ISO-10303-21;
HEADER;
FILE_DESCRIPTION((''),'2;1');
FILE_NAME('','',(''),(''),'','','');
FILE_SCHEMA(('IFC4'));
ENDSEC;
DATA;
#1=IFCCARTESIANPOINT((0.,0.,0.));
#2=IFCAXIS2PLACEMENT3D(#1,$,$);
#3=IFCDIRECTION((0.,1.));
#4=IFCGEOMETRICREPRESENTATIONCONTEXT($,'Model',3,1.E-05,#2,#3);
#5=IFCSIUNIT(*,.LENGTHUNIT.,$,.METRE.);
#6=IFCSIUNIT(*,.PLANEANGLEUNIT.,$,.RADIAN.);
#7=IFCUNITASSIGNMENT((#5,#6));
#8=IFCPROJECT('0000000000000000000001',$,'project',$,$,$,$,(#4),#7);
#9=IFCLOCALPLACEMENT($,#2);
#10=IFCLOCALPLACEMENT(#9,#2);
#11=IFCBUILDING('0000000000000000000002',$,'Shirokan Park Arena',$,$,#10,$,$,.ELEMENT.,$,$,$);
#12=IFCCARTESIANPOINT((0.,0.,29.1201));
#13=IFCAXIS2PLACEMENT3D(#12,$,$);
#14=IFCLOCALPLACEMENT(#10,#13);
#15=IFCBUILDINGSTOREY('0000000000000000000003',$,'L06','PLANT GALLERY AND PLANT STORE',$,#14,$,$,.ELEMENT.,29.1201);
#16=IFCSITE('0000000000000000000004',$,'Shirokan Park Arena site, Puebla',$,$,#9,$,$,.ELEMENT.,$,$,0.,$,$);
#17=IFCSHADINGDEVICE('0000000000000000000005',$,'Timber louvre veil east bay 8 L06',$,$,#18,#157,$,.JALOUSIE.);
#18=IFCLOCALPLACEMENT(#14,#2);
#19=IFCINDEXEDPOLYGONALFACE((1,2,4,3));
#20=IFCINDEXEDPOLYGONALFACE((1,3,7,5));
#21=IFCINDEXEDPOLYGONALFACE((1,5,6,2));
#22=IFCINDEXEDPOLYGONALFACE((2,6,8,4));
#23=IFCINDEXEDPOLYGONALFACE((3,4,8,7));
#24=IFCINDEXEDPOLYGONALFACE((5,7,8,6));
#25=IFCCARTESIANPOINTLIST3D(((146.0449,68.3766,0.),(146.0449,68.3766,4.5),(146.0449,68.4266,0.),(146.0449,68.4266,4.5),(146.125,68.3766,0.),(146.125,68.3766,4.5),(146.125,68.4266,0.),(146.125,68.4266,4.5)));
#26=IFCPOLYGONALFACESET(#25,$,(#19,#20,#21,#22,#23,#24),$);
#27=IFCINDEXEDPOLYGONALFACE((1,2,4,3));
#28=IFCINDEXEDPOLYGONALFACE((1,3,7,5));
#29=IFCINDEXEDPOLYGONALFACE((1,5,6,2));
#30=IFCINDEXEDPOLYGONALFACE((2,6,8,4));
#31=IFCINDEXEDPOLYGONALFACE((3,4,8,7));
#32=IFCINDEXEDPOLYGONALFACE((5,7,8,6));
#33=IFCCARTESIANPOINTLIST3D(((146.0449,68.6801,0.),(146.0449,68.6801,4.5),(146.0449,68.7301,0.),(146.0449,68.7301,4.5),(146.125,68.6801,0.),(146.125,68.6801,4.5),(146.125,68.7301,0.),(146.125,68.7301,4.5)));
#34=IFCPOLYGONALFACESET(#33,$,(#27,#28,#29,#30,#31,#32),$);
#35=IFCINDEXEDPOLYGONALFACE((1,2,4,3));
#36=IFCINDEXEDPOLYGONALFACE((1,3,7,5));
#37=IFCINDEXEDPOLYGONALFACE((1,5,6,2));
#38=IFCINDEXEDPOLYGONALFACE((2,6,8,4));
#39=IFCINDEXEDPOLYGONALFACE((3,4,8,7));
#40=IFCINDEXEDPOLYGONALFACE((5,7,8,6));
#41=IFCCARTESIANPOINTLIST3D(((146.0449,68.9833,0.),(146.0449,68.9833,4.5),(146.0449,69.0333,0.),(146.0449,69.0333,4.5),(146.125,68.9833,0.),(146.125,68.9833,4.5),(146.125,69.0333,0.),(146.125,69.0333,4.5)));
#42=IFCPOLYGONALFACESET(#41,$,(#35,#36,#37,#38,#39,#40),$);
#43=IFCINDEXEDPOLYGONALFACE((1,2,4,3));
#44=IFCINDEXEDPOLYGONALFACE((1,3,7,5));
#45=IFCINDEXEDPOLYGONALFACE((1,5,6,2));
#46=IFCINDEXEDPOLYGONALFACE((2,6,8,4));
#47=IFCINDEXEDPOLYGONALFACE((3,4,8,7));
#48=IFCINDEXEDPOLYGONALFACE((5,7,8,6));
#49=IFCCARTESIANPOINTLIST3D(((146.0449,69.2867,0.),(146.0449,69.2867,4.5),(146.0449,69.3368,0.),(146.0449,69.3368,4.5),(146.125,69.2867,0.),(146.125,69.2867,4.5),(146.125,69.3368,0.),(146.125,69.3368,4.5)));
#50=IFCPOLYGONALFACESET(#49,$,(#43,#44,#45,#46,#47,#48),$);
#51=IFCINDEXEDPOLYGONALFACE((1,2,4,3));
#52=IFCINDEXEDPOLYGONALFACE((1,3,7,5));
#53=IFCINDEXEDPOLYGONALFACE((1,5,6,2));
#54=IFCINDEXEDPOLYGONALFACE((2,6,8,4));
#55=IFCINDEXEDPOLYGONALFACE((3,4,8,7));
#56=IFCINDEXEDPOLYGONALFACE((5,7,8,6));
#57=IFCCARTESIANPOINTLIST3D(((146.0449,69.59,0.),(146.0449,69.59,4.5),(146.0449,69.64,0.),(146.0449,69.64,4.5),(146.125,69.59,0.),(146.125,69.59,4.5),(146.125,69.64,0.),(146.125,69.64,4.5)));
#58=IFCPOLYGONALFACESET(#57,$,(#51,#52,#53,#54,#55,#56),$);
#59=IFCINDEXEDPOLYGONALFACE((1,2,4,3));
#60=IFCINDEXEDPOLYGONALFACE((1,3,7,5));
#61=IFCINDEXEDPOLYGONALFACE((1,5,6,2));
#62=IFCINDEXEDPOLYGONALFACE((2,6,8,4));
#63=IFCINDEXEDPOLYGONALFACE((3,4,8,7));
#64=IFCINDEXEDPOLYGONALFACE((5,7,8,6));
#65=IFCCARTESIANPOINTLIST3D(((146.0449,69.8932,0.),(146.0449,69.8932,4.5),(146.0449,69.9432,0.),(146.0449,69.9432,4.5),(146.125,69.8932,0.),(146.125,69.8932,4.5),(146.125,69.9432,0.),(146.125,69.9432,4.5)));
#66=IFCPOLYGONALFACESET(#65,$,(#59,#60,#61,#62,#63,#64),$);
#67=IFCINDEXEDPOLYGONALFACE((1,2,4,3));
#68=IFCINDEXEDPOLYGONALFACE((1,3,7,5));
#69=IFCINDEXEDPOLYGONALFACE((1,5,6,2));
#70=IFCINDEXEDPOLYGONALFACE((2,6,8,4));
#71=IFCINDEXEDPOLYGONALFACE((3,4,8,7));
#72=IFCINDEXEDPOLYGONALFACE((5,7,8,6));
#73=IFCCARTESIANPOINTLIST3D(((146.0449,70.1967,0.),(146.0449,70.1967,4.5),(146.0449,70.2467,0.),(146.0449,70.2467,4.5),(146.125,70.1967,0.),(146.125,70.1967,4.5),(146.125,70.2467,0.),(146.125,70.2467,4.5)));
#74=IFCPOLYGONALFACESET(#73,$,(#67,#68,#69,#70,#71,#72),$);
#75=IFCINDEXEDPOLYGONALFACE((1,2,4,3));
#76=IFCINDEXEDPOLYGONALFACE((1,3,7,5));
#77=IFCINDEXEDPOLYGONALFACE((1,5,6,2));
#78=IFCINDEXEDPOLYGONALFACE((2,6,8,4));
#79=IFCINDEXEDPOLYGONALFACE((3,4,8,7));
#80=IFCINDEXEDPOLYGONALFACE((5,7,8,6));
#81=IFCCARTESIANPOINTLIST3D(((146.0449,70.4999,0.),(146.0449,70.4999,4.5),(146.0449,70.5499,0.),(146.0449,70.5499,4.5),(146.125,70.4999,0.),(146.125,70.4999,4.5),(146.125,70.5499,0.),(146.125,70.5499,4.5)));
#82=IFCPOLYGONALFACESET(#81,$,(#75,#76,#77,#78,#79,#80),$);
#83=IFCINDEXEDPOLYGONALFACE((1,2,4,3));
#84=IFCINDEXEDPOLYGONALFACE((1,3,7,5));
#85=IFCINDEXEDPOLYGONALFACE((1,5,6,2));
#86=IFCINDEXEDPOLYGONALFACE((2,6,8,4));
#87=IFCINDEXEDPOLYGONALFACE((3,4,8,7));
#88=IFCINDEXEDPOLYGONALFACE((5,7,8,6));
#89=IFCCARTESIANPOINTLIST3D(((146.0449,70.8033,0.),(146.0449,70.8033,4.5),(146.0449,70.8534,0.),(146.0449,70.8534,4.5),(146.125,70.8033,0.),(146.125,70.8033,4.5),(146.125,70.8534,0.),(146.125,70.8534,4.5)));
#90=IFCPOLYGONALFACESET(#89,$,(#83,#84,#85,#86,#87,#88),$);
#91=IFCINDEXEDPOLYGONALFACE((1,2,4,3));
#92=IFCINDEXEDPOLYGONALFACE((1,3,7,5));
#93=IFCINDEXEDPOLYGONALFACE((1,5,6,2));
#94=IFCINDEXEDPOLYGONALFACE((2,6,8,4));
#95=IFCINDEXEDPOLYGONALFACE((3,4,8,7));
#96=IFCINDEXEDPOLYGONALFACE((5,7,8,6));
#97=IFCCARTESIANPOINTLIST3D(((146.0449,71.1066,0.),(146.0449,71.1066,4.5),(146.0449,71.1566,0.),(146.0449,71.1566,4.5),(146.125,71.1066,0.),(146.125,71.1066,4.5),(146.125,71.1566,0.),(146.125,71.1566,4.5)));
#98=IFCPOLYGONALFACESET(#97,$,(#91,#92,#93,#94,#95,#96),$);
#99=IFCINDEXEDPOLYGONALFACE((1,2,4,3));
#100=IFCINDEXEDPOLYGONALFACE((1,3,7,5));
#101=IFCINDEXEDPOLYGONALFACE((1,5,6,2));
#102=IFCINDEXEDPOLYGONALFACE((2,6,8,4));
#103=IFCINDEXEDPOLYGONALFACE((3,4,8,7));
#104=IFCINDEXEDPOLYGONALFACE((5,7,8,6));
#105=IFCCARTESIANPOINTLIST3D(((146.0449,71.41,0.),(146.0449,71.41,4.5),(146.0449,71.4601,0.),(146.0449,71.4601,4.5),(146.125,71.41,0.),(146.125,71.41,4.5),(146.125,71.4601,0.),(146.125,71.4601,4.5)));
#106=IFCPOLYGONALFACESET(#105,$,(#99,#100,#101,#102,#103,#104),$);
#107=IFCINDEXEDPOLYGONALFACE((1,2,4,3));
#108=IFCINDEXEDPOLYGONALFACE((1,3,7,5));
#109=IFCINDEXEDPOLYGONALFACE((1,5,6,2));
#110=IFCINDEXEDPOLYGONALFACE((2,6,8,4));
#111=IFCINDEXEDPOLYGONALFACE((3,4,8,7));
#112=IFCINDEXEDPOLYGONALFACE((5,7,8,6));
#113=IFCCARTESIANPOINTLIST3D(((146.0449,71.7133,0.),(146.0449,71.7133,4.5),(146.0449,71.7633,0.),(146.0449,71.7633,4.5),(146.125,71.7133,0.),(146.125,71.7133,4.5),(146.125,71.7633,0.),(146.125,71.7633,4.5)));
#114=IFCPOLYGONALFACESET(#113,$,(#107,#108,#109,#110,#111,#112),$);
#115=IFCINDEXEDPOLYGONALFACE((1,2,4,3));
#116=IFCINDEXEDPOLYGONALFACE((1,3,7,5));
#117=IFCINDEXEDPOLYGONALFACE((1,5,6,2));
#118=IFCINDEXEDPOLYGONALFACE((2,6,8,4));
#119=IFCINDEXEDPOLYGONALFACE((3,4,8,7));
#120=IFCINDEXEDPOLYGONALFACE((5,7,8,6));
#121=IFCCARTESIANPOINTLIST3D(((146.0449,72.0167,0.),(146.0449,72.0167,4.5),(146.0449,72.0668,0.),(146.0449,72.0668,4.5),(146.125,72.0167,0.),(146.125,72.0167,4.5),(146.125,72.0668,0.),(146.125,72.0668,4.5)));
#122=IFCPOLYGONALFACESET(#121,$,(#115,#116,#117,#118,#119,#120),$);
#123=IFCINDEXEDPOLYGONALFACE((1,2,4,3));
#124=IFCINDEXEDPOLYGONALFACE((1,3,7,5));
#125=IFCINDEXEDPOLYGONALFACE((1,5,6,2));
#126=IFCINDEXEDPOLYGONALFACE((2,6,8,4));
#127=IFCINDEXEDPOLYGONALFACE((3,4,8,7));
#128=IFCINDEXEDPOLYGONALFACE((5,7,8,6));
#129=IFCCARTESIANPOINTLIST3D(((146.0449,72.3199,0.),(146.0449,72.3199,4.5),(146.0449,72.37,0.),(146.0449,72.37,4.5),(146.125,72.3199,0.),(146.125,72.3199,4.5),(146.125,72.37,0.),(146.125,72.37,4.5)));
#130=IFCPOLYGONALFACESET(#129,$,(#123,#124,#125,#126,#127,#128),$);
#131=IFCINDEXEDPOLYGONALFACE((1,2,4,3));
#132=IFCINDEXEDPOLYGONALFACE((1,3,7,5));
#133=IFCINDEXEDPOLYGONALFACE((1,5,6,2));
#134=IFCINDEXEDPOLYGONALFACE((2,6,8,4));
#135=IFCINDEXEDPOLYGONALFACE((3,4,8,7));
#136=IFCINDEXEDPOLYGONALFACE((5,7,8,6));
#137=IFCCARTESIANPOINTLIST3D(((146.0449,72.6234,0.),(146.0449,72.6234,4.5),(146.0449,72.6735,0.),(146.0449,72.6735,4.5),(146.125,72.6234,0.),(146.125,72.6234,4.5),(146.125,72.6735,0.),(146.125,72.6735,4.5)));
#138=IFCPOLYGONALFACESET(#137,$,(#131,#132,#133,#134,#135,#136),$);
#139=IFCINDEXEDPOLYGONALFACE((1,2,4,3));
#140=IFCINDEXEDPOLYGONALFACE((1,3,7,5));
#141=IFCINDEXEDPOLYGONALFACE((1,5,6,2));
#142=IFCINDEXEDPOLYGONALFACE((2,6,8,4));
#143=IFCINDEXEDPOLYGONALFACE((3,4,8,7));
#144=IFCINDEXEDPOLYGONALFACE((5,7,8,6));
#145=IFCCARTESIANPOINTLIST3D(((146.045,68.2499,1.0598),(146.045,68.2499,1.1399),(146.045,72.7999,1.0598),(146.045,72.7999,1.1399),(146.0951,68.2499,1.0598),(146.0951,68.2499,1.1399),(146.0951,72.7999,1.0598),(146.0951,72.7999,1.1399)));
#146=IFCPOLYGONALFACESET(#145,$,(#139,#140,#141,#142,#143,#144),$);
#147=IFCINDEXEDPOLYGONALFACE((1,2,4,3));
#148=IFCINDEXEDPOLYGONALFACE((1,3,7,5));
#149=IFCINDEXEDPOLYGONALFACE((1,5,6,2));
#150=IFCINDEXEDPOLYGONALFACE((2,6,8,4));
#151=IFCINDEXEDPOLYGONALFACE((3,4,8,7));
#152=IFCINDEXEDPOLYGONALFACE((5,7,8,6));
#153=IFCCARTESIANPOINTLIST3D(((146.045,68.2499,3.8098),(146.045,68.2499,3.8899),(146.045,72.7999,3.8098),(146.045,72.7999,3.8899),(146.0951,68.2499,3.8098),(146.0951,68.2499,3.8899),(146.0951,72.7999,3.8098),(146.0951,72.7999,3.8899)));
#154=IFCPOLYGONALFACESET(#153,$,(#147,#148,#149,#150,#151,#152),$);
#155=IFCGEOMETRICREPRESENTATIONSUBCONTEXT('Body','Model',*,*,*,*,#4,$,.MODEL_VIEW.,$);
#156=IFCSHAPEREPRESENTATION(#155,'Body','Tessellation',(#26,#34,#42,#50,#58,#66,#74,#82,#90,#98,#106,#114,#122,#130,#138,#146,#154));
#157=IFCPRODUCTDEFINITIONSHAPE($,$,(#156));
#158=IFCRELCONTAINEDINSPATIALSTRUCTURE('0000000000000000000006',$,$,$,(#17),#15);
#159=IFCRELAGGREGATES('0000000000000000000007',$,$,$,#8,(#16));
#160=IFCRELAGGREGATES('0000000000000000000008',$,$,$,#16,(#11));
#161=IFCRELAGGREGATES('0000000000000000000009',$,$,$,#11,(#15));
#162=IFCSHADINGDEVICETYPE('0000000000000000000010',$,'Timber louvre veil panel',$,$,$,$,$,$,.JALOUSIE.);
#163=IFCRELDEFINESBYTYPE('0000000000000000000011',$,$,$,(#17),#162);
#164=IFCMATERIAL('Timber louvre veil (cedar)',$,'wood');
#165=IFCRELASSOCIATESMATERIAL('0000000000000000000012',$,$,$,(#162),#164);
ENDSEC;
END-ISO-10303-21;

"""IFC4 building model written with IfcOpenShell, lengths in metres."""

from ifc_helpers import new_model, si_unit, direction, frame, origin, origin_2d, place, context, subcontext, project, spatial, rectangle, extrude, material, type_object, element, save


model = new_model("IFC4")

# Units and contexts
model_context = context("Model", 3, precision=1e-05, world=origin(), true_north=direction((0.0, 1.0)))
body_context = subcontext(model_context, "Body", "Model", "MODEL_VIEW")
ifc_project = project(units=[si_unit("LENGTHUNIT", "METRE"), si_unit("PLANEANGLEUNIT", "RADIAN")], contexts=[model_context])

# Site, building, storey
site_placement = place(None, origin())
site = spatial("IfcSite", under=ifc_project, at=site_placement, Name="Shirokan Park Arena site, Puebla", CompositionType="ELEMENT", RefElevation=0.0)
building_placement = place(site_placement, origin())
building = spatial("IfcBuilding", under=site, at=building_placement, Name="Shirokan Park Arena", CompositionType="ELEMENT")
storey_placement = place(building_placement, frame((0.0, 0.0, 29.1201)))
storey = spatial("IfcBuildingStorey", under=building, at=storey_placement, Name="L06", Description="PLANT GALLERY AND PLANT STORE", CompositionType="ELEMENT", Elevation=29.1201)

# Shading device
ifc_material_1 = material(Name="Timber louvre veil (cedar)", Category="wood")
shading_device_type = type_object("IfcShadingDeviceType", Name="Timber louvre veil panel", PredefinedType="JALOUSIE", material=ifc_material_1)
shading_device_1_placement = place(storey_placement, origin())
element("IfcShadingDevice", 1, at=shading_device_1_placement, inside=storey, type_object=shading_device_type, Name="Timber louvre veil east bay 8 L06", PredefinedType="JALOUSIE", context=body_context, shape_type="SweptSolid", body=[
    extrude(rectangle(XDim=0.05, YDim=0.0801, at=origin_2d()), frame((146.085, 68.4016, 0.0), z_axis=(0.0, 0.0, 1.0), x_axis=(0.0, 1.0, 0.0)), (0.0, 0.0, 1.0), 4.5),
    extrude(rectangle(XDim=0.05, YDim=0.0801, at=origin_2d()), frame((146.085, 68.7051, 0.0), z_axis=(0.0, 0.0, 1.0), x_axis=(0.0, 1.0, 0.0)), (0.0, 0.0, 1.0), 4.5),
    extrude(rectangle(XDim=0.05, YDim=0.0801, at=origin_2d()), frame((146.085, 69.0083, 0.0), z_axis=(0.0, 0.0, 1.0), x_axis=(0.0, 1.0, 0.0)), (0.0, 0.0, 1.0), 4.5),
    extrude(rectangle(XDim=0.05, YDim=0.0801, at=origin_2d()), frame((146.085, 69.3118, 0.0), z_axis=(0.0, 0.0, 1.0), x_axis=(0.0, 1.0, 0.0)), (0.0, 0.0, 1.0), 4.5),
    extrude(rectangle(XDim=0.05, YDim=0.0801, at=origin_2d()), frame((146.085, 69.615, 0.0), z_axis=(0.0, 0.0, 1.0), x_axis=(0.0, 1.0, 0.0)), (0.0, 0.0, 1.0), 4.5),
    extrude(rectangle(XDim=0.05, YDim=0.0801, at=origin_2d()), frame((146.085, 69.9182, 0.0), z_axis=(0.0, 0.0, 1.0), x_axis=(0.0, 1.0, 0.0)), (0.0, 0.0, 1.0), 4.5),
    extrude(rectangle(XDim=0.05, YDim=0.0801, at=origin_2d()), frame((146.085, 70.2217, 0.0), z_axis=(0.0, 0.0, 1.0), x_axis=(0.0, 1.0, 0.0)), (0.0, 0.0, 1.0), 4.5),
    extrude(rectangle(XDim=0.05, YDim=0.0801, at=origin_2d()), frame((146.085, 70.5249, 0.0), z_axis=(0.0, 0.0, 1.0), x_axis=(0.0, 1.0, 0.0)), (0.0, 0.0, 1.0), 4.5),
    extrude(rectangle(XDim=0.05, YDim=0.0801, at=origin_2d()), frame((146.085, 70.8284, 0.0), z_axis=(0.0, 0.0, 1.0), x_axis=(0.0, 1.0, 0.0)), (0.0, 0.0, 1.0), 4.5),
    extrude(rectangle(XDim=0.05, YDim=0.0801, at=origin_2d()), frame((146.085, 71.1316, 0.0), z_axis=(0.0, 0.0, 1.0), x_axis=(0.0, 1.0, 0.0)), (0.0, 0.0, 1.0), 4.5),
    extrude(rectangle(XDim=0.05, YDim=0.0801, at=origin_2d()), frame((146.085, 71.4351, 0.0), z_axis=(0.0, 0.0, 1.0), x_axis=(0.0, 1.0, 0.0)), (0.0, 0.0, 1.0), 4.5),
    extrude(rectangle(XDim=0.05, YDim=0.0801, at=origin_2d()), frame((146.085, 71.7383, 0.0), z_axis=(0.0, 0.0, 1.0), x_axis=(0.0, 1.0, 0.0)), (0.0, 0.0, 1.0), 4.5),
    extrude(rectangle(XDim=0.05, YDim=0.0801, at=origin_2d()), frame((146.085, 72.0417, 0.0), z_axis=(0.0, 0.0, 1.0), x_axis=(0.0, 1.0, 0.0)), (0.0, 0.0, 1.0), 4.5),
    extrude(rectangle(XDim=0.05, YDim=0.0801, at=origin_2d()), frame((146.085, 72.345, 0.0), z_axis=(0.0, 0.0, 1.0), x_axis=(0.0, 1.0, 0.0)), (0.0, 0.0, 1.0), 4.5),
    extrude(rectangle(XDim=0.05, YDim=0.0801, at=origin_2d()), frame((146.085, 72.6484, 0.0), z_axis=(0.0, 0.0, 1.0), x_axis=(0.0, 1.0, 0.0)), (0.0, 0.0, 1.0), 4.5),
    extrude(rectangle(XDim=4.55, YDim=0.05, at=origin_2d()), frame((146.0701, 70.5249, 1.0598), z_axis=(0.0, 0.0, 1.0), x_axis=(0.0, 1.0, 0.0)), (0.0, 0.0, 1.0), 0.0801),
    extrude(rectangle(XDim=4.55, YDim=0.05, at=origin_2d()), frame((146.0701, 70.5249, 3.8098), z_axis=(0.0, 0.0, 1.0), x_axis=(0.0, 1.0, 0.0)), (0.0, 0.0, 1.0), 0.0801),
])

save(model, "model.ifc")
